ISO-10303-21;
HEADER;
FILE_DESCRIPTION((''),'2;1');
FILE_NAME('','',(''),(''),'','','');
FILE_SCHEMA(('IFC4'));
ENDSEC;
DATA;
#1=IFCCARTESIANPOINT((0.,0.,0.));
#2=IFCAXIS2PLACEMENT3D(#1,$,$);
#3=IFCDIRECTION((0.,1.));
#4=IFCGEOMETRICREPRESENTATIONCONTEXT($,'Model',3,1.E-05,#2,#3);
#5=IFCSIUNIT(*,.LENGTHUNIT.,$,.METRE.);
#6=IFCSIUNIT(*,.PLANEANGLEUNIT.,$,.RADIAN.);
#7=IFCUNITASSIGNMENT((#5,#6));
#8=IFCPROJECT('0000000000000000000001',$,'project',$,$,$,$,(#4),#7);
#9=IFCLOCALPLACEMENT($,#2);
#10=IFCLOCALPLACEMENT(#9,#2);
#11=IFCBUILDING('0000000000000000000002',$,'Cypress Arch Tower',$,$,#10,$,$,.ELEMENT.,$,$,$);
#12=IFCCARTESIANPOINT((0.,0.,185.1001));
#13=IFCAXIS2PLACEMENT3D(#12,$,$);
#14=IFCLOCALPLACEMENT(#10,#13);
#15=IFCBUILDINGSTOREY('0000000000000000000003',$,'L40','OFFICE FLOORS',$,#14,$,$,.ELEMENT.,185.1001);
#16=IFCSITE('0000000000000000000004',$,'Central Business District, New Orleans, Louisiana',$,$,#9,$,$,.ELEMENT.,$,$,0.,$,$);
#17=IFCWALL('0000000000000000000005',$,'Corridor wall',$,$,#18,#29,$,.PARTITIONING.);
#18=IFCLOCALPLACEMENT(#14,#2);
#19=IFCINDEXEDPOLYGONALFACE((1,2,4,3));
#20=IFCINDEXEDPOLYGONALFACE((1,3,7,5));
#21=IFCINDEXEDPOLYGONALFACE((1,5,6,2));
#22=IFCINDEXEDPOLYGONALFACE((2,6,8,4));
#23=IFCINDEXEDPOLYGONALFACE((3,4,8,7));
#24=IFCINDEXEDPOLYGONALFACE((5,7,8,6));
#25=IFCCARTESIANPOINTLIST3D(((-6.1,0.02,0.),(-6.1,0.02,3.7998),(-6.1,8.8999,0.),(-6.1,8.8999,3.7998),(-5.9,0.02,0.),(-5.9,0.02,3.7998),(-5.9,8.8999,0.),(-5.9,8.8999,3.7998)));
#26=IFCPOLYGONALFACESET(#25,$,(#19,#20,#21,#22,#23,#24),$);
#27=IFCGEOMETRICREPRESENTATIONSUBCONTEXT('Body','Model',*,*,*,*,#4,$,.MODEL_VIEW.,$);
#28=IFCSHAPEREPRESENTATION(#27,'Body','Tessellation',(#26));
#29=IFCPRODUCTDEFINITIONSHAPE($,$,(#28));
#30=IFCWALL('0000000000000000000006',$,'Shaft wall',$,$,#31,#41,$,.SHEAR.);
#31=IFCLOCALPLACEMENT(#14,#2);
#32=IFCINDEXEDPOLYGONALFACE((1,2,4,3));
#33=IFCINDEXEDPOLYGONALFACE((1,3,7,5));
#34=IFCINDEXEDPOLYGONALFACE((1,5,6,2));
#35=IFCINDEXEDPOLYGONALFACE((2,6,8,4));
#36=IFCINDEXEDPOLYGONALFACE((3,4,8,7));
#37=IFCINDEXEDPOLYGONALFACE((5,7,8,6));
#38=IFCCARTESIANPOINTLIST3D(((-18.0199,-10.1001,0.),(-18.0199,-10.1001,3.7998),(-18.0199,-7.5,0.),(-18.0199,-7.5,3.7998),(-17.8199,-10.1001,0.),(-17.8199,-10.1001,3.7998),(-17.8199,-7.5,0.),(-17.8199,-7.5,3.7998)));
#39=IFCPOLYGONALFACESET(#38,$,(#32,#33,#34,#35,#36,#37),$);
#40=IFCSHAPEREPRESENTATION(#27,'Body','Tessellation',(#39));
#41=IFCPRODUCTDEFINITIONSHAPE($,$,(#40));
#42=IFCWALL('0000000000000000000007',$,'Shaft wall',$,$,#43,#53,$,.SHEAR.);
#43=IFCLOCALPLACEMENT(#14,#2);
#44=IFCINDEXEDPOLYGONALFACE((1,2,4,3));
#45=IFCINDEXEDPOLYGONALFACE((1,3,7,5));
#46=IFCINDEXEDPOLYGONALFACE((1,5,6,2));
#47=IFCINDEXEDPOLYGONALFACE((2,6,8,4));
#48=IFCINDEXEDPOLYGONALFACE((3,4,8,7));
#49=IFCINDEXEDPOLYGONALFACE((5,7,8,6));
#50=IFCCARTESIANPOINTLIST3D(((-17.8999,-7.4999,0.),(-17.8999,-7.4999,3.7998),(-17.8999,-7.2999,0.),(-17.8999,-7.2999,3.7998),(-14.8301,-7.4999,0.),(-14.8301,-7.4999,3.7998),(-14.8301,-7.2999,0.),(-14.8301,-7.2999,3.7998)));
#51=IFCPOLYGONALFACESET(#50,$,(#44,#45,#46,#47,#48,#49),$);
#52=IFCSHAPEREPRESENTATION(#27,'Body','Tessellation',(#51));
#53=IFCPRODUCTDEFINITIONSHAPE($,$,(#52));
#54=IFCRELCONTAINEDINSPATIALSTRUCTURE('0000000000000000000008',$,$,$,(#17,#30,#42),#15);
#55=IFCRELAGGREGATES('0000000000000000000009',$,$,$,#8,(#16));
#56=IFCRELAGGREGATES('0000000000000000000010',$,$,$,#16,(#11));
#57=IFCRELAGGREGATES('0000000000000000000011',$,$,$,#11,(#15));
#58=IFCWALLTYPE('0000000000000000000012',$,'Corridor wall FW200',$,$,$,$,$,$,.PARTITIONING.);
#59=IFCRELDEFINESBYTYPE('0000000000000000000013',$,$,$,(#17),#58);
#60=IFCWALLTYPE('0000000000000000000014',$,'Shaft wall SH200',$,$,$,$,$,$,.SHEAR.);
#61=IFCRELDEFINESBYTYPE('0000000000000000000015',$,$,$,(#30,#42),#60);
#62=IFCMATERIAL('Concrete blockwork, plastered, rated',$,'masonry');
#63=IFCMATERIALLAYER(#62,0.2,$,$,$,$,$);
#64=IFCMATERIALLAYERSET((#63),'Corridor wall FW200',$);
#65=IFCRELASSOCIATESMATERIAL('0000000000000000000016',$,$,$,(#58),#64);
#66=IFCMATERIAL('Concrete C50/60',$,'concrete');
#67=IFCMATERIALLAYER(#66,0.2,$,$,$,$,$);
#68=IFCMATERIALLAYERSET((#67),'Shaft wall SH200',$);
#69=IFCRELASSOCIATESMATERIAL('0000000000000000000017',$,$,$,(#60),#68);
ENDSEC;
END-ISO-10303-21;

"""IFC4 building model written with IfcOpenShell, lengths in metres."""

from ifc_helpers import new_model, si_unit, direction, frame, frame_2d, origin, place, context, subcontext, project, spatial, rectangle, extrude, material, layer, layer_set, type_object, element, save


model = new_model("IFC4")

# Units and contexts
model_context = context("Model", 3, precision=1e-05, world=origin(), true_north=direction((0.0, 1.0)))
body_context = subcontext(model_context, "Body", "Model", "MODEL_VIEW")
ifc_project = project(units=[si_unit("LENGTHUNIT", "METRE"), si_unit("PLANEANGLEUNIT", "RADIAN")], contexts=[model_context])

# Site, building, storey
site_placement = place(None, origin())
site = spatial("IfcSite", under=ifc_project, at=site_placement, Name="Central Business District, New Orleans, Louisiana", CompositionType="ELEMENT", RefElevation=0.0)
building_placement = place(site_placement, origin())
building = spatial("IfcBuilding", under=site, at=building_placement, Name="Cypress Arch Tower", CompositionType="ELEMENT")
storey_placement = place(building_placement, frame((0.0, 0.0, 185.1001)))
storey = spatial("IfcBuildingStorey", under=building, at=storey_placement, Name="L40", Description="OFFICE FLOORS", CompositionType="ELEMENT", Elevation=185.1001)

# Shared definitions
ifc_material_1 = material(Name="Concrete blockwork, plastered, rated", Category="masonry")
ifc_layer_1 = layer(ifc_material_1, 0.2)
ifc_layer_set_1 = layer_set([ifc_layer_1], Name="Corridor wall FW200")
wall_type_1 = type_object("IfcWallType", Name="Corridor wall FW200", PredefinedType="PARTITIONING", material=ifc_layer_set_1)

# Walls
wall_1_placement = place(storey_placement, frame((-6.0, 0.02, 0.0), z_axis=(0.0, 0.0, 1.0), x_axis=(0.0, 1.0, 0.0)))
element("IfcWall", 1, at=wall_1_placement, inside=storey, type_object=wall_type_1, Name="Corridor wall", PredefinedType="PARTITIONING", context=body_context, shape_type="SweptSolid", body=[
    extrude(rectangle(XDim=8.8799, YDim=0.2, at=frame_2d((4.4399, 0.0))), origin(), (0.0, 0.0, 1.0), 3.7998),
])
ifc_material_2 = material(Name="Concrete C50/60", Category="concrete")
ifc_layer_2 = layer(ifc_material_2, 0.2)
ifc_layer_set_2 = layer_set([ifc_layer_2], Name="Shaft wall SH200")
wall_type_2 = type_object("IfcWallType", Name="Shaft wall SH200", PredefinedType="SHEAR", material=ifc_layer_set_2)
wall_2_placement = place(storey_placement, frame((-17.9199, -10.1001, 0.0), z_axis=(0.0, 0.0, 1.0), x_axis=(0.0, 1.0, 0.0)))
element("IfcWall", 2, at=wall_2_placement, inside=storey, type_object=wall_type_2, Name="Shaft wall", PredefinedType="SHEAR", context=body_context, shape_type="SweptSolid", body=[
    extrude(rectangle(XDim=2.6001, YDim=0.2, at=frame_2d((1.3, 0.0))), origin(), (0.0, 0.0, 1.0), 3.7998),
])
wall_3_placement = place(storey_placement, frame((-17.8999, -7.3999, 0.0), z_axis=(0.0, 0.0, 1.0), x_axis=(1.0, 0.0, 0.0)))
element("IfcWall", 3, at=wall_3_placement, inside=storey, type_object=wall_type_2, Name="Shaft wall", PredefinedType="SHEAR", context=body_context, shape_type="SweptSolid", body=[
    extrude(rectangle(XDim=3.0698, YDim=0.2, at=frame_2d((1.5349, 0.0))), origin(), (0.0, 0.0, 1.0), 3.7998),
])

save(model, "model.ifc")
